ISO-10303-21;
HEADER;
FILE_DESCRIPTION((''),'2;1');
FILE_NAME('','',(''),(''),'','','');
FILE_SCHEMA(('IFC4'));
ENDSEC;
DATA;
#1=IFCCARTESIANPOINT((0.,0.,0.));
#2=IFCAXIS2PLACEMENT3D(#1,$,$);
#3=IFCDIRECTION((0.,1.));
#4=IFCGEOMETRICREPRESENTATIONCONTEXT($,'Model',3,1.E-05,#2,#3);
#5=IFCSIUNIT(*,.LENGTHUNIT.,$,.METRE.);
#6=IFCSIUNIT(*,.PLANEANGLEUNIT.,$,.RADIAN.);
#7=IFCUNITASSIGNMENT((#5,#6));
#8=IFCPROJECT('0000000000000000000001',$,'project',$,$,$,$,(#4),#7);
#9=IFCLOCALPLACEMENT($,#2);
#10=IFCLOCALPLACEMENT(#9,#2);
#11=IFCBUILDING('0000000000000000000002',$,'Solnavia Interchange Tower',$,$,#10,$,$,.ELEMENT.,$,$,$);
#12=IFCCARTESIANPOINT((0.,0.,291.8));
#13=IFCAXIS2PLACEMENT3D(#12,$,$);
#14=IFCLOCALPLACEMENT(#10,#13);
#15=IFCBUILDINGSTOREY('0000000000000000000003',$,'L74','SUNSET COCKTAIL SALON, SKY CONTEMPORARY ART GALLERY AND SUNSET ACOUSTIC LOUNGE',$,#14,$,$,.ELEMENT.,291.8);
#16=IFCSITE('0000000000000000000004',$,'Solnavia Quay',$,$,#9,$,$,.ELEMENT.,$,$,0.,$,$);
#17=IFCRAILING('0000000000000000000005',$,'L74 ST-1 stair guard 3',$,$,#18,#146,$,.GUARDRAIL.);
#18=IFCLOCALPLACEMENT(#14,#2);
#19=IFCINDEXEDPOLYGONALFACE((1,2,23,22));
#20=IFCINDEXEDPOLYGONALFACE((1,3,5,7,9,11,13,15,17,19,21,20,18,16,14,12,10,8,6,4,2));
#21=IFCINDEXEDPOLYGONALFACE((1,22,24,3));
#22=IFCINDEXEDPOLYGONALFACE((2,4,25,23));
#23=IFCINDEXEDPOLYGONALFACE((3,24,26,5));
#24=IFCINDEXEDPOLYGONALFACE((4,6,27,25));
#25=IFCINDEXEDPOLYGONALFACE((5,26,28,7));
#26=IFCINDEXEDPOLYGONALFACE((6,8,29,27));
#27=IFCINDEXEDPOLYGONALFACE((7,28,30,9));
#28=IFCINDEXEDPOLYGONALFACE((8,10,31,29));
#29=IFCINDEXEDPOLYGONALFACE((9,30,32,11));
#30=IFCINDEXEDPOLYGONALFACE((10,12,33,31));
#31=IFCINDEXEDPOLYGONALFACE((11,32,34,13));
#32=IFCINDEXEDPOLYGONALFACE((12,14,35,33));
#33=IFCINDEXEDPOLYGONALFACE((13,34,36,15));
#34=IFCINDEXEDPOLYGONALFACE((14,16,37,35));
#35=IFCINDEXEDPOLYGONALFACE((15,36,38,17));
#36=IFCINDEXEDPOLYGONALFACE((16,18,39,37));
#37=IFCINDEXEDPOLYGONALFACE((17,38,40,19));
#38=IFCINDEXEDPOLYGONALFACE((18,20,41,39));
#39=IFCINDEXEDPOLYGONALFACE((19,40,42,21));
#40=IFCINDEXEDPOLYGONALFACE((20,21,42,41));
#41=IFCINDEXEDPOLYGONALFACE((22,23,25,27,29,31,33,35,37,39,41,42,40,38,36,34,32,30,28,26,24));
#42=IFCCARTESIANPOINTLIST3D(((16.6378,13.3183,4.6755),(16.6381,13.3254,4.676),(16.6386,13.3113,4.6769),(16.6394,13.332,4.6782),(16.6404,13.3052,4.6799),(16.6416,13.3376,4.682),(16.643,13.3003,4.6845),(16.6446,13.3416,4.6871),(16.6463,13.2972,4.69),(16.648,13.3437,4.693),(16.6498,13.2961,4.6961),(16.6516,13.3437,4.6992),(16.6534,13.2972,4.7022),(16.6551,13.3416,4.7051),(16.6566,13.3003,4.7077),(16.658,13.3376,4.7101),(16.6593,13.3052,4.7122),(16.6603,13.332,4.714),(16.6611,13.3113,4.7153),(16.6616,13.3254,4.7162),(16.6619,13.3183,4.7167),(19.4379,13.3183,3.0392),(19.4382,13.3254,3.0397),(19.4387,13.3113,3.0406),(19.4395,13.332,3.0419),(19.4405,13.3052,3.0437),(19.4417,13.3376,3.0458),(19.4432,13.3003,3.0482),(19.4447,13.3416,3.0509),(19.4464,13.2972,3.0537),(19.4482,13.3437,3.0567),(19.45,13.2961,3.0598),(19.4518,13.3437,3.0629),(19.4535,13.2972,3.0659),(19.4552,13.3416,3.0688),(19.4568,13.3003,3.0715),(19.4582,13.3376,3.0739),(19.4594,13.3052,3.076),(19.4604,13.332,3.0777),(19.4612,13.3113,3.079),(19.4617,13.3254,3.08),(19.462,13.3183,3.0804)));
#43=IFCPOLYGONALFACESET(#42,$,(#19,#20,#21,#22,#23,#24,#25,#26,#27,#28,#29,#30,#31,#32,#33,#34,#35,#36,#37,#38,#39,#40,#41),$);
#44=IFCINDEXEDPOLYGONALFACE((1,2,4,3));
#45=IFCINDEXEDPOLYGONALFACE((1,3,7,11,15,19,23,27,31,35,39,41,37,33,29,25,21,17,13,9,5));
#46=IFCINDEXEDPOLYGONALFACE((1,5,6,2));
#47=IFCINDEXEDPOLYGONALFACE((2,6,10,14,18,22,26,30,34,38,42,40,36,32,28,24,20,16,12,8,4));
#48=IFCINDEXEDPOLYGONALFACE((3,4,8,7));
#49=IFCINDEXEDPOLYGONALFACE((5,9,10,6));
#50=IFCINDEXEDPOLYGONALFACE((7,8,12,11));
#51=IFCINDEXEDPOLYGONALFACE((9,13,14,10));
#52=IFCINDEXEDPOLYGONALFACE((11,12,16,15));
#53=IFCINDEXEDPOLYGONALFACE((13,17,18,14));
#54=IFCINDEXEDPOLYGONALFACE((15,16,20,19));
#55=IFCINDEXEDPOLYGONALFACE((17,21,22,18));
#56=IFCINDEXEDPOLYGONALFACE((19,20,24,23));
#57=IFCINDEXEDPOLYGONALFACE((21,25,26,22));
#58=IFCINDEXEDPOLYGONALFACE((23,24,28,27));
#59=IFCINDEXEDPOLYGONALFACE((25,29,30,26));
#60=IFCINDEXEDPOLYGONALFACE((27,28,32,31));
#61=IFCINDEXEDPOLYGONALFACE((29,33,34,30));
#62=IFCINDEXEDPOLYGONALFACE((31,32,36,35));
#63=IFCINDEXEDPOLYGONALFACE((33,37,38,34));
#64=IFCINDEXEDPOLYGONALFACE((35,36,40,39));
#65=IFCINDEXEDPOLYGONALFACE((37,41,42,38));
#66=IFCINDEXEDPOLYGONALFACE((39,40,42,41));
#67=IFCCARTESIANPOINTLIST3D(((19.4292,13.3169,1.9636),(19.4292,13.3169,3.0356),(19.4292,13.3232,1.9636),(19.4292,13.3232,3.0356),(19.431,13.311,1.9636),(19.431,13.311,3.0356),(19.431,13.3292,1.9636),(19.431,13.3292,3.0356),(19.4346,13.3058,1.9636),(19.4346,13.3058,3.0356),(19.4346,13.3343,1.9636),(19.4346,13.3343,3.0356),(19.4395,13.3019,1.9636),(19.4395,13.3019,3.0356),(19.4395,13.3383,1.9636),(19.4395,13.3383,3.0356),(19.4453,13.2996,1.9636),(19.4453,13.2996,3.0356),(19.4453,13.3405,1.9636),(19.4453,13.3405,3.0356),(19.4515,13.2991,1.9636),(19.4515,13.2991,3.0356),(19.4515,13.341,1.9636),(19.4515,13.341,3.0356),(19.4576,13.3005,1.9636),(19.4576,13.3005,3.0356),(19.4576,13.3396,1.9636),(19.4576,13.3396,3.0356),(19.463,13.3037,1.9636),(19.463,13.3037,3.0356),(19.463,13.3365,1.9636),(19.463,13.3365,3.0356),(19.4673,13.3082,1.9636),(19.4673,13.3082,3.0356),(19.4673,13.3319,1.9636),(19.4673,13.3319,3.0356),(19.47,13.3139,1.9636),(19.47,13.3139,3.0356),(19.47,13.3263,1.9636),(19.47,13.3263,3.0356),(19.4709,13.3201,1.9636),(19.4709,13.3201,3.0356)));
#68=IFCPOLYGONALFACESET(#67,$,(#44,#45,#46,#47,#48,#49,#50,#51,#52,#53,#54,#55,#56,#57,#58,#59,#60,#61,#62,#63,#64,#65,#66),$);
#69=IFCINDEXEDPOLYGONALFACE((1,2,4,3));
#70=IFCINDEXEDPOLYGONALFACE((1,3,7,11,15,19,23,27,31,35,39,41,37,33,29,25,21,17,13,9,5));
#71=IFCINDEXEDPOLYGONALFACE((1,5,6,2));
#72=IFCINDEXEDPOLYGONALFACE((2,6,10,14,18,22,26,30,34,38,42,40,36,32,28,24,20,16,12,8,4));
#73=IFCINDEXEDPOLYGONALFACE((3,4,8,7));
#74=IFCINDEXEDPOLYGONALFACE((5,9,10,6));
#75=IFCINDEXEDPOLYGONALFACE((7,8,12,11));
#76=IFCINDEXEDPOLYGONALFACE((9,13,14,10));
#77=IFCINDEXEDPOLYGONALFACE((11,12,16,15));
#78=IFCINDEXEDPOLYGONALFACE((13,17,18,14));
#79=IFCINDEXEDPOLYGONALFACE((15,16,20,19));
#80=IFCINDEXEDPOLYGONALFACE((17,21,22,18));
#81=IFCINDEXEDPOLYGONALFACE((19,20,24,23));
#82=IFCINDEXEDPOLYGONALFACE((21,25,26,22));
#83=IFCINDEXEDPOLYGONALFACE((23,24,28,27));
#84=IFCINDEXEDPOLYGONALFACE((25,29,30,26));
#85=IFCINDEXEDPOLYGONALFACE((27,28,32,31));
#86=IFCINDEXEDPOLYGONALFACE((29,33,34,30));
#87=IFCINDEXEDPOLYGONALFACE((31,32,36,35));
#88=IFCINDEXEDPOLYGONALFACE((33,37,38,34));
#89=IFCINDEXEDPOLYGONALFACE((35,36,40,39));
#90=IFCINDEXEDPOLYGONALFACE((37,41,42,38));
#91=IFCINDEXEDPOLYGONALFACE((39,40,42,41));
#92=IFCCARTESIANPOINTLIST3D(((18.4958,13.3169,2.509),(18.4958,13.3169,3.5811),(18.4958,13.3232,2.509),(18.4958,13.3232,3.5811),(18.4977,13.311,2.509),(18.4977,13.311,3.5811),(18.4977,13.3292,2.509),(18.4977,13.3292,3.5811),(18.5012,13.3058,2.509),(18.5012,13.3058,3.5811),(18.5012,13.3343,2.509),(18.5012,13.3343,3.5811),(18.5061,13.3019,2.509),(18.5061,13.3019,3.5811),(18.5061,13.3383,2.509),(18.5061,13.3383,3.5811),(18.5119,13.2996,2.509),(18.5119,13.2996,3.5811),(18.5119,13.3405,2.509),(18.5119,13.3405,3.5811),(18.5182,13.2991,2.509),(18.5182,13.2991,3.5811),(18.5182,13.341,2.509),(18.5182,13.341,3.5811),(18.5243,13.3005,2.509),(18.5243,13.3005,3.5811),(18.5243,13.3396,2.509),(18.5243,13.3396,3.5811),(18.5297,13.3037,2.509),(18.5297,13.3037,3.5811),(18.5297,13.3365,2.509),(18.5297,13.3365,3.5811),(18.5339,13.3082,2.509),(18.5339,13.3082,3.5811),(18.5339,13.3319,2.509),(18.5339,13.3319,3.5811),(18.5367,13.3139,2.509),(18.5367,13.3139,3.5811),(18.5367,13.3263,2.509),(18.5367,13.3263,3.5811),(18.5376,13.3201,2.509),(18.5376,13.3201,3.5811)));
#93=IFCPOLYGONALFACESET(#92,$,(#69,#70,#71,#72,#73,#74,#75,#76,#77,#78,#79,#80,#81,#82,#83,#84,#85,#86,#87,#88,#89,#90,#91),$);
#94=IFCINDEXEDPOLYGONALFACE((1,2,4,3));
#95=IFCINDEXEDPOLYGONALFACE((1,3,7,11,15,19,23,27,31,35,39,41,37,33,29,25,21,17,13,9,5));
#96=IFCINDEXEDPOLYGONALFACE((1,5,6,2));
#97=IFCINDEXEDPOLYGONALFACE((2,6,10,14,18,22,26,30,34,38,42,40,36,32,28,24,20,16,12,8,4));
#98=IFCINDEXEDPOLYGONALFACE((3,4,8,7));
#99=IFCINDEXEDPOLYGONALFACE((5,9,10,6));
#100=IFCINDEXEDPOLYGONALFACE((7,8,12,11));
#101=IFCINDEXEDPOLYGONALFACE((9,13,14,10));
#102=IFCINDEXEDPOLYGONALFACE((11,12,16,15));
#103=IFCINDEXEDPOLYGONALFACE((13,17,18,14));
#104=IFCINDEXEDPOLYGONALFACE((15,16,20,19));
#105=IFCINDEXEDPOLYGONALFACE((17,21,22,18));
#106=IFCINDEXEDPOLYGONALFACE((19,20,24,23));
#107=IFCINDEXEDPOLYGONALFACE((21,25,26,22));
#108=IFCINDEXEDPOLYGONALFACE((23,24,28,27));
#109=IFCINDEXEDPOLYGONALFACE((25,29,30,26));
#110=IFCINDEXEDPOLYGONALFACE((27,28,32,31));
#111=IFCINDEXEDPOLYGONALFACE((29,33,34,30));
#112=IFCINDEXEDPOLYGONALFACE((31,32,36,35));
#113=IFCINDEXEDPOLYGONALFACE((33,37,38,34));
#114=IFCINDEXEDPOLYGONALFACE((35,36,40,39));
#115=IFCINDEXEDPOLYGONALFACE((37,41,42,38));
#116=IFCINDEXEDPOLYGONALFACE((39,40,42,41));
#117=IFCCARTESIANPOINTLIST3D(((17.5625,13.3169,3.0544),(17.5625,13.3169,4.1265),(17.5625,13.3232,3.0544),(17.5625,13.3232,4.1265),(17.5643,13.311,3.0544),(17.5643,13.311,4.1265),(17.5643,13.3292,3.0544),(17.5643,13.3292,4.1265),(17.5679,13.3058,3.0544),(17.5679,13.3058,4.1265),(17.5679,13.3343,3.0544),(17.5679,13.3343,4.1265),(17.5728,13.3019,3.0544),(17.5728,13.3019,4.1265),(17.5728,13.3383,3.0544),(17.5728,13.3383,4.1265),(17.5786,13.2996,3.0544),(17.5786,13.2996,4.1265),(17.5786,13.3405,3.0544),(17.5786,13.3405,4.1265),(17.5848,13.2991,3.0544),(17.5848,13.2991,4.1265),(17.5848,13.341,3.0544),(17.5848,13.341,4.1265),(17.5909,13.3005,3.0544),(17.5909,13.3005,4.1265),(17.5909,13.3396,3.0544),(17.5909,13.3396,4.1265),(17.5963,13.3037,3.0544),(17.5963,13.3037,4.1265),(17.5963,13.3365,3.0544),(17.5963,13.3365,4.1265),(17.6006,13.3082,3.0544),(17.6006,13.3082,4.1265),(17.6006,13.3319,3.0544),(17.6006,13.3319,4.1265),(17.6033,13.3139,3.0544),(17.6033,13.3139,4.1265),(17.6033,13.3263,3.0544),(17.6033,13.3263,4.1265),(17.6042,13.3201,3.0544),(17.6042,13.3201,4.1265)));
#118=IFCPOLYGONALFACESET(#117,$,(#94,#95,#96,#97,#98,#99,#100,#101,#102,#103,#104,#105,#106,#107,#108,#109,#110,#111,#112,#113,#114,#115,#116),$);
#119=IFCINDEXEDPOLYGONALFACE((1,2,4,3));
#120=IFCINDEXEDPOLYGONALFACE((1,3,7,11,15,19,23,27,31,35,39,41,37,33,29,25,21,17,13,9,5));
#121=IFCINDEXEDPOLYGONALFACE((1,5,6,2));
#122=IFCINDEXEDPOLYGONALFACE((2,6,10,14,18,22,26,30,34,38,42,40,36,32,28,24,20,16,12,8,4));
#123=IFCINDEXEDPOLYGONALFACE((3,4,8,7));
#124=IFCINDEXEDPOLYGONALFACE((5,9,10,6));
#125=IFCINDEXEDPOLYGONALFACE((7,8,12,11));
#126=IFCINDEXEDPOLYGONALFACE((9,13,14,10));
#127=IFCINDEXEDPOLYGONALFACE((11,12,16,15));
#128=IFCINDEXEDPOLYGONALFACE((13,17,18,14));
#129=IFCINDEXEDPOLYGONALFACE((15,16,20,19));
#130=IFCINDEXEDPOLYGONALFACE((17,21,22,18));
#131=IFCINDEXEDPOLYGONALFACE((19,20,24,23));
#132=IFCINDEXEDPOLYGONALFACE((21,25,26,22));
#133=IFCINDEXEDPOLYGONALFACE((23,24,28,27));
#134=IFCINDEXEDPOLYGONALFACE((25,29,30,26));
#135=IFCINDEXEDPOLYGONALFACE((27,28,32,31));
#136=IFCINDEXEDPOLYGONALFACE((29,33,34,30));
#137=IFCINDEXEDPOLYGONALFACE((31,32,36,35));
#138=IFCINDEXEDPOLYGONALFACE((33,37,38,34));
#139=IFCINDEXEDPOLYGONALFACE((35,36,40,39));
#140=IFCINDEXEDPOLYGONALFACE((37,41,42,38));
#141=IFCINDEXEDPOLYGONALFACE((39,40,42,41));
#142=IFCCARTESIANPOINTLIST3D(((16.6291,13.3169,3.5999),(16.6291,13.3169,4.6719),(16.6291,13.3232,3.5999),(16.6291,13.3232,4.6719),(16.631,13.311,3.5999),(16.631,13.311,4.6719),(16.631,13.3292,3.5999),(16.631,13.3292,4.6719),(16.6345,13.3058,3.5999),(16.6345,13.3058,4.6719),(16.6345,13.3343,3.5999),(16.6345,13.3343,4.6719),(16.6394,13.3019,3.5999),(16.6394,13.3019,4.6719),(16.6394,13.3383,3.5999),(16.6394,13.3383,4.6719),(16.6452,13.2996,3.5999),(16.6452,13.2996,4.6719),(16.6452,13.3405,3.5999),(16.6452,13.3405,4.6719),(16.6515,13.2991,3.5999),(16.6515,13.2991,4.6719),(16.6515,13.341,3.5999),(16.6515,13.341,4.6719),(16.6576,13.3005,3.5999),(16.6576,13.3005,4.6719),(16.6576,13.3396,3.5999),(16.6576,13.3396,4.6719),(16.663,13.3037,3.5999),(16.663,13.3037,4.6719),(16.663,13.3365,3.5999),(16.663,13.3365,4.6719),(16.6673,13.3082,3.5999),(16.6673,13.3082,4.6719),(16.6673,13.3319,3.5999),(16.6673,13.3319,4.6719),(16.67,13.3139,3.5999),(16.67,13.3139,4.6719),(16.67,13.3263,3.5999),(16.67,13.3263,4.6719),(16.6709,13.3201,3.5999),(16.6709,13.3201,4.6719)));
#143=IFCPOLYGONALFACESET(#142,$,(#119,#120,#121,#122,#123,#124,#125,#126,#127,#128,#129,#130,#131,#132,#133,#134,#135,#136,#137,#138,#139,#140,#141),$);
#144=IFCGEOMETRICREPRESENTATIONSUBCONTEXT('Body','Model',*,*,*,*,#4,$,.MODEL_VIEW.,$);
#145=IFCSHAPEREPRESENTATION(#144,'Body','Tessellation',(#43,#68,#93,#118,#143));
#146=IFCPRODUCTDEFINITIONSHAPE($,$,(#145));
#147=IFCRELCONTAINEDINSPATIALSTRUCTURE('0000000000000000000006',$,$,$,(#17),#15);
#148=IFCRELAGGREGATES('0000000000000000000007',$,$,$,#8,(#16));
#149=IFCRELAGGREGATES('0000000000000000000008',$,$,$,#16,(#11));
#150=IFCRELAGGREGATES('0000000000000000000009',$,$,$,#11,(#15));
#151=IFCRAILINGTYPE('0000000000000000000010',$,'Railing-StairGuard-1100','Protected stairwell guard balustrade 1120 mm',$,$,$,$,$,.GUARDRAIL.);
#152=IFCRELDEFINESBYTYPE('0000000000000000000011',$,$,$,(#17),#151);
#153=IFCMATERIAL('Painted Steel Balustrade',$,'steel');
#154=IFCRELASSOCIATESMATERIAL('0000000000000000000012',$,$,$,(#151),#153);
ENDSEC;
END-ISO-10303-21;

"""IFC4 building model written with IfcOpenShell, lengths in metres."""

from ifc_helpers import new_model, si_unit, direction, frame, origin, origin_2d, place, context, subcontext, project, spatial, circle, extrude, material, type_object, element, save


model = new_model("IFC4")

# Units and contexts
model_context = context("Model", 3, precision=1e-05, world=origin(), true_north=direction((0.0, 1.0)))
body_context = subcontext(model_context, "Body", "Model", "MODEL_VIEW")
ifc_project = project(units=[si_unit("LENGTHUNIT", "METRE"), si_unit("PLANEANGLEUNIT", "RADIAN")], contexts=[model_context])

# Site, building, storey
site_placement = place(None, origin())
site = spatial("IfcSite", under=ifc_project, at=site_placement, Name="Solnavia Quay", CompositionType="ELEMENT", RefElevation=0.0)
building_placement = place(site_placement, origin())
building = spatial("IfcBuilding", under=site, at=building_placement, Name="Solnavia Interchange Tower", CompositionType="ELEMENT")
storey_placement = place(building_placement, frame((0.0, 0.0, 291.8)))
storey = spatial("IfcBuildingStorey", under=building, at=storey_placement, Name="L74", Description="SUNSET COCKTAIL SALON, SKY CONTEMPORARY ART GALLERY AND SUNSET ACOUSTIC LOUNGE", CompositionType="ELEMENT", Elevation=291.8)

# Railing
ifc_material_1 = material(Name="Painted Steel Balustrade", Category="steel")
railing_type_1 = type_object("IfcRailingType", Name="Railing-StairGuard-1100", Description="Protected stairwell guard balustrade 1120 mm", PredefinedType="GUARDRAIL", material=ifc_material_1)
railing_1_placement = place(storey_placement, frame((19.45, 13.3201, 1.9636)))
element("IfcRailing", 1, at=railing_1_placement, inside=storey, type_object=railing_type_1, Name="L74 ST-1 stair guard 3", PredefinedType="GUARDRAIL", context=body_context, shape_type="SweptSolid", body=[
    extrude(circle(Radius=0.0239, at=origin_2d()), frame((0.0, 0.0, 1.0962), z_axis=(-0.863394, 0.0, 0.504531), x_axis=(0.0, -1.0, 0.0)), (0.0, 0.0, 1.0), 3.2432),
    extrude(circle(Radius=0.021, at=origin_2d()), origin(), (0.0, 0.0, 1.0), 1.072),
    extrude(circle(Radius=0.021, at=origin_2d()), frame((-0.9333, 0.0, 0.5454)), (0.0, 0.0, 1.0), 1.072),
    extrude(circle(Radius=0.021, at=origin_2d()), frame((-1.8667, 0.0, 1.0908)), (0.0, 0.0, 1.0), 1.072),
    extrude(circle(Radius=0.021, at=origin_2d()), frame((-2.8, 0.0, 1.6362)), (0.0, 0.0, 1.0), 1.072),
])

save(model, "model.ifc")
